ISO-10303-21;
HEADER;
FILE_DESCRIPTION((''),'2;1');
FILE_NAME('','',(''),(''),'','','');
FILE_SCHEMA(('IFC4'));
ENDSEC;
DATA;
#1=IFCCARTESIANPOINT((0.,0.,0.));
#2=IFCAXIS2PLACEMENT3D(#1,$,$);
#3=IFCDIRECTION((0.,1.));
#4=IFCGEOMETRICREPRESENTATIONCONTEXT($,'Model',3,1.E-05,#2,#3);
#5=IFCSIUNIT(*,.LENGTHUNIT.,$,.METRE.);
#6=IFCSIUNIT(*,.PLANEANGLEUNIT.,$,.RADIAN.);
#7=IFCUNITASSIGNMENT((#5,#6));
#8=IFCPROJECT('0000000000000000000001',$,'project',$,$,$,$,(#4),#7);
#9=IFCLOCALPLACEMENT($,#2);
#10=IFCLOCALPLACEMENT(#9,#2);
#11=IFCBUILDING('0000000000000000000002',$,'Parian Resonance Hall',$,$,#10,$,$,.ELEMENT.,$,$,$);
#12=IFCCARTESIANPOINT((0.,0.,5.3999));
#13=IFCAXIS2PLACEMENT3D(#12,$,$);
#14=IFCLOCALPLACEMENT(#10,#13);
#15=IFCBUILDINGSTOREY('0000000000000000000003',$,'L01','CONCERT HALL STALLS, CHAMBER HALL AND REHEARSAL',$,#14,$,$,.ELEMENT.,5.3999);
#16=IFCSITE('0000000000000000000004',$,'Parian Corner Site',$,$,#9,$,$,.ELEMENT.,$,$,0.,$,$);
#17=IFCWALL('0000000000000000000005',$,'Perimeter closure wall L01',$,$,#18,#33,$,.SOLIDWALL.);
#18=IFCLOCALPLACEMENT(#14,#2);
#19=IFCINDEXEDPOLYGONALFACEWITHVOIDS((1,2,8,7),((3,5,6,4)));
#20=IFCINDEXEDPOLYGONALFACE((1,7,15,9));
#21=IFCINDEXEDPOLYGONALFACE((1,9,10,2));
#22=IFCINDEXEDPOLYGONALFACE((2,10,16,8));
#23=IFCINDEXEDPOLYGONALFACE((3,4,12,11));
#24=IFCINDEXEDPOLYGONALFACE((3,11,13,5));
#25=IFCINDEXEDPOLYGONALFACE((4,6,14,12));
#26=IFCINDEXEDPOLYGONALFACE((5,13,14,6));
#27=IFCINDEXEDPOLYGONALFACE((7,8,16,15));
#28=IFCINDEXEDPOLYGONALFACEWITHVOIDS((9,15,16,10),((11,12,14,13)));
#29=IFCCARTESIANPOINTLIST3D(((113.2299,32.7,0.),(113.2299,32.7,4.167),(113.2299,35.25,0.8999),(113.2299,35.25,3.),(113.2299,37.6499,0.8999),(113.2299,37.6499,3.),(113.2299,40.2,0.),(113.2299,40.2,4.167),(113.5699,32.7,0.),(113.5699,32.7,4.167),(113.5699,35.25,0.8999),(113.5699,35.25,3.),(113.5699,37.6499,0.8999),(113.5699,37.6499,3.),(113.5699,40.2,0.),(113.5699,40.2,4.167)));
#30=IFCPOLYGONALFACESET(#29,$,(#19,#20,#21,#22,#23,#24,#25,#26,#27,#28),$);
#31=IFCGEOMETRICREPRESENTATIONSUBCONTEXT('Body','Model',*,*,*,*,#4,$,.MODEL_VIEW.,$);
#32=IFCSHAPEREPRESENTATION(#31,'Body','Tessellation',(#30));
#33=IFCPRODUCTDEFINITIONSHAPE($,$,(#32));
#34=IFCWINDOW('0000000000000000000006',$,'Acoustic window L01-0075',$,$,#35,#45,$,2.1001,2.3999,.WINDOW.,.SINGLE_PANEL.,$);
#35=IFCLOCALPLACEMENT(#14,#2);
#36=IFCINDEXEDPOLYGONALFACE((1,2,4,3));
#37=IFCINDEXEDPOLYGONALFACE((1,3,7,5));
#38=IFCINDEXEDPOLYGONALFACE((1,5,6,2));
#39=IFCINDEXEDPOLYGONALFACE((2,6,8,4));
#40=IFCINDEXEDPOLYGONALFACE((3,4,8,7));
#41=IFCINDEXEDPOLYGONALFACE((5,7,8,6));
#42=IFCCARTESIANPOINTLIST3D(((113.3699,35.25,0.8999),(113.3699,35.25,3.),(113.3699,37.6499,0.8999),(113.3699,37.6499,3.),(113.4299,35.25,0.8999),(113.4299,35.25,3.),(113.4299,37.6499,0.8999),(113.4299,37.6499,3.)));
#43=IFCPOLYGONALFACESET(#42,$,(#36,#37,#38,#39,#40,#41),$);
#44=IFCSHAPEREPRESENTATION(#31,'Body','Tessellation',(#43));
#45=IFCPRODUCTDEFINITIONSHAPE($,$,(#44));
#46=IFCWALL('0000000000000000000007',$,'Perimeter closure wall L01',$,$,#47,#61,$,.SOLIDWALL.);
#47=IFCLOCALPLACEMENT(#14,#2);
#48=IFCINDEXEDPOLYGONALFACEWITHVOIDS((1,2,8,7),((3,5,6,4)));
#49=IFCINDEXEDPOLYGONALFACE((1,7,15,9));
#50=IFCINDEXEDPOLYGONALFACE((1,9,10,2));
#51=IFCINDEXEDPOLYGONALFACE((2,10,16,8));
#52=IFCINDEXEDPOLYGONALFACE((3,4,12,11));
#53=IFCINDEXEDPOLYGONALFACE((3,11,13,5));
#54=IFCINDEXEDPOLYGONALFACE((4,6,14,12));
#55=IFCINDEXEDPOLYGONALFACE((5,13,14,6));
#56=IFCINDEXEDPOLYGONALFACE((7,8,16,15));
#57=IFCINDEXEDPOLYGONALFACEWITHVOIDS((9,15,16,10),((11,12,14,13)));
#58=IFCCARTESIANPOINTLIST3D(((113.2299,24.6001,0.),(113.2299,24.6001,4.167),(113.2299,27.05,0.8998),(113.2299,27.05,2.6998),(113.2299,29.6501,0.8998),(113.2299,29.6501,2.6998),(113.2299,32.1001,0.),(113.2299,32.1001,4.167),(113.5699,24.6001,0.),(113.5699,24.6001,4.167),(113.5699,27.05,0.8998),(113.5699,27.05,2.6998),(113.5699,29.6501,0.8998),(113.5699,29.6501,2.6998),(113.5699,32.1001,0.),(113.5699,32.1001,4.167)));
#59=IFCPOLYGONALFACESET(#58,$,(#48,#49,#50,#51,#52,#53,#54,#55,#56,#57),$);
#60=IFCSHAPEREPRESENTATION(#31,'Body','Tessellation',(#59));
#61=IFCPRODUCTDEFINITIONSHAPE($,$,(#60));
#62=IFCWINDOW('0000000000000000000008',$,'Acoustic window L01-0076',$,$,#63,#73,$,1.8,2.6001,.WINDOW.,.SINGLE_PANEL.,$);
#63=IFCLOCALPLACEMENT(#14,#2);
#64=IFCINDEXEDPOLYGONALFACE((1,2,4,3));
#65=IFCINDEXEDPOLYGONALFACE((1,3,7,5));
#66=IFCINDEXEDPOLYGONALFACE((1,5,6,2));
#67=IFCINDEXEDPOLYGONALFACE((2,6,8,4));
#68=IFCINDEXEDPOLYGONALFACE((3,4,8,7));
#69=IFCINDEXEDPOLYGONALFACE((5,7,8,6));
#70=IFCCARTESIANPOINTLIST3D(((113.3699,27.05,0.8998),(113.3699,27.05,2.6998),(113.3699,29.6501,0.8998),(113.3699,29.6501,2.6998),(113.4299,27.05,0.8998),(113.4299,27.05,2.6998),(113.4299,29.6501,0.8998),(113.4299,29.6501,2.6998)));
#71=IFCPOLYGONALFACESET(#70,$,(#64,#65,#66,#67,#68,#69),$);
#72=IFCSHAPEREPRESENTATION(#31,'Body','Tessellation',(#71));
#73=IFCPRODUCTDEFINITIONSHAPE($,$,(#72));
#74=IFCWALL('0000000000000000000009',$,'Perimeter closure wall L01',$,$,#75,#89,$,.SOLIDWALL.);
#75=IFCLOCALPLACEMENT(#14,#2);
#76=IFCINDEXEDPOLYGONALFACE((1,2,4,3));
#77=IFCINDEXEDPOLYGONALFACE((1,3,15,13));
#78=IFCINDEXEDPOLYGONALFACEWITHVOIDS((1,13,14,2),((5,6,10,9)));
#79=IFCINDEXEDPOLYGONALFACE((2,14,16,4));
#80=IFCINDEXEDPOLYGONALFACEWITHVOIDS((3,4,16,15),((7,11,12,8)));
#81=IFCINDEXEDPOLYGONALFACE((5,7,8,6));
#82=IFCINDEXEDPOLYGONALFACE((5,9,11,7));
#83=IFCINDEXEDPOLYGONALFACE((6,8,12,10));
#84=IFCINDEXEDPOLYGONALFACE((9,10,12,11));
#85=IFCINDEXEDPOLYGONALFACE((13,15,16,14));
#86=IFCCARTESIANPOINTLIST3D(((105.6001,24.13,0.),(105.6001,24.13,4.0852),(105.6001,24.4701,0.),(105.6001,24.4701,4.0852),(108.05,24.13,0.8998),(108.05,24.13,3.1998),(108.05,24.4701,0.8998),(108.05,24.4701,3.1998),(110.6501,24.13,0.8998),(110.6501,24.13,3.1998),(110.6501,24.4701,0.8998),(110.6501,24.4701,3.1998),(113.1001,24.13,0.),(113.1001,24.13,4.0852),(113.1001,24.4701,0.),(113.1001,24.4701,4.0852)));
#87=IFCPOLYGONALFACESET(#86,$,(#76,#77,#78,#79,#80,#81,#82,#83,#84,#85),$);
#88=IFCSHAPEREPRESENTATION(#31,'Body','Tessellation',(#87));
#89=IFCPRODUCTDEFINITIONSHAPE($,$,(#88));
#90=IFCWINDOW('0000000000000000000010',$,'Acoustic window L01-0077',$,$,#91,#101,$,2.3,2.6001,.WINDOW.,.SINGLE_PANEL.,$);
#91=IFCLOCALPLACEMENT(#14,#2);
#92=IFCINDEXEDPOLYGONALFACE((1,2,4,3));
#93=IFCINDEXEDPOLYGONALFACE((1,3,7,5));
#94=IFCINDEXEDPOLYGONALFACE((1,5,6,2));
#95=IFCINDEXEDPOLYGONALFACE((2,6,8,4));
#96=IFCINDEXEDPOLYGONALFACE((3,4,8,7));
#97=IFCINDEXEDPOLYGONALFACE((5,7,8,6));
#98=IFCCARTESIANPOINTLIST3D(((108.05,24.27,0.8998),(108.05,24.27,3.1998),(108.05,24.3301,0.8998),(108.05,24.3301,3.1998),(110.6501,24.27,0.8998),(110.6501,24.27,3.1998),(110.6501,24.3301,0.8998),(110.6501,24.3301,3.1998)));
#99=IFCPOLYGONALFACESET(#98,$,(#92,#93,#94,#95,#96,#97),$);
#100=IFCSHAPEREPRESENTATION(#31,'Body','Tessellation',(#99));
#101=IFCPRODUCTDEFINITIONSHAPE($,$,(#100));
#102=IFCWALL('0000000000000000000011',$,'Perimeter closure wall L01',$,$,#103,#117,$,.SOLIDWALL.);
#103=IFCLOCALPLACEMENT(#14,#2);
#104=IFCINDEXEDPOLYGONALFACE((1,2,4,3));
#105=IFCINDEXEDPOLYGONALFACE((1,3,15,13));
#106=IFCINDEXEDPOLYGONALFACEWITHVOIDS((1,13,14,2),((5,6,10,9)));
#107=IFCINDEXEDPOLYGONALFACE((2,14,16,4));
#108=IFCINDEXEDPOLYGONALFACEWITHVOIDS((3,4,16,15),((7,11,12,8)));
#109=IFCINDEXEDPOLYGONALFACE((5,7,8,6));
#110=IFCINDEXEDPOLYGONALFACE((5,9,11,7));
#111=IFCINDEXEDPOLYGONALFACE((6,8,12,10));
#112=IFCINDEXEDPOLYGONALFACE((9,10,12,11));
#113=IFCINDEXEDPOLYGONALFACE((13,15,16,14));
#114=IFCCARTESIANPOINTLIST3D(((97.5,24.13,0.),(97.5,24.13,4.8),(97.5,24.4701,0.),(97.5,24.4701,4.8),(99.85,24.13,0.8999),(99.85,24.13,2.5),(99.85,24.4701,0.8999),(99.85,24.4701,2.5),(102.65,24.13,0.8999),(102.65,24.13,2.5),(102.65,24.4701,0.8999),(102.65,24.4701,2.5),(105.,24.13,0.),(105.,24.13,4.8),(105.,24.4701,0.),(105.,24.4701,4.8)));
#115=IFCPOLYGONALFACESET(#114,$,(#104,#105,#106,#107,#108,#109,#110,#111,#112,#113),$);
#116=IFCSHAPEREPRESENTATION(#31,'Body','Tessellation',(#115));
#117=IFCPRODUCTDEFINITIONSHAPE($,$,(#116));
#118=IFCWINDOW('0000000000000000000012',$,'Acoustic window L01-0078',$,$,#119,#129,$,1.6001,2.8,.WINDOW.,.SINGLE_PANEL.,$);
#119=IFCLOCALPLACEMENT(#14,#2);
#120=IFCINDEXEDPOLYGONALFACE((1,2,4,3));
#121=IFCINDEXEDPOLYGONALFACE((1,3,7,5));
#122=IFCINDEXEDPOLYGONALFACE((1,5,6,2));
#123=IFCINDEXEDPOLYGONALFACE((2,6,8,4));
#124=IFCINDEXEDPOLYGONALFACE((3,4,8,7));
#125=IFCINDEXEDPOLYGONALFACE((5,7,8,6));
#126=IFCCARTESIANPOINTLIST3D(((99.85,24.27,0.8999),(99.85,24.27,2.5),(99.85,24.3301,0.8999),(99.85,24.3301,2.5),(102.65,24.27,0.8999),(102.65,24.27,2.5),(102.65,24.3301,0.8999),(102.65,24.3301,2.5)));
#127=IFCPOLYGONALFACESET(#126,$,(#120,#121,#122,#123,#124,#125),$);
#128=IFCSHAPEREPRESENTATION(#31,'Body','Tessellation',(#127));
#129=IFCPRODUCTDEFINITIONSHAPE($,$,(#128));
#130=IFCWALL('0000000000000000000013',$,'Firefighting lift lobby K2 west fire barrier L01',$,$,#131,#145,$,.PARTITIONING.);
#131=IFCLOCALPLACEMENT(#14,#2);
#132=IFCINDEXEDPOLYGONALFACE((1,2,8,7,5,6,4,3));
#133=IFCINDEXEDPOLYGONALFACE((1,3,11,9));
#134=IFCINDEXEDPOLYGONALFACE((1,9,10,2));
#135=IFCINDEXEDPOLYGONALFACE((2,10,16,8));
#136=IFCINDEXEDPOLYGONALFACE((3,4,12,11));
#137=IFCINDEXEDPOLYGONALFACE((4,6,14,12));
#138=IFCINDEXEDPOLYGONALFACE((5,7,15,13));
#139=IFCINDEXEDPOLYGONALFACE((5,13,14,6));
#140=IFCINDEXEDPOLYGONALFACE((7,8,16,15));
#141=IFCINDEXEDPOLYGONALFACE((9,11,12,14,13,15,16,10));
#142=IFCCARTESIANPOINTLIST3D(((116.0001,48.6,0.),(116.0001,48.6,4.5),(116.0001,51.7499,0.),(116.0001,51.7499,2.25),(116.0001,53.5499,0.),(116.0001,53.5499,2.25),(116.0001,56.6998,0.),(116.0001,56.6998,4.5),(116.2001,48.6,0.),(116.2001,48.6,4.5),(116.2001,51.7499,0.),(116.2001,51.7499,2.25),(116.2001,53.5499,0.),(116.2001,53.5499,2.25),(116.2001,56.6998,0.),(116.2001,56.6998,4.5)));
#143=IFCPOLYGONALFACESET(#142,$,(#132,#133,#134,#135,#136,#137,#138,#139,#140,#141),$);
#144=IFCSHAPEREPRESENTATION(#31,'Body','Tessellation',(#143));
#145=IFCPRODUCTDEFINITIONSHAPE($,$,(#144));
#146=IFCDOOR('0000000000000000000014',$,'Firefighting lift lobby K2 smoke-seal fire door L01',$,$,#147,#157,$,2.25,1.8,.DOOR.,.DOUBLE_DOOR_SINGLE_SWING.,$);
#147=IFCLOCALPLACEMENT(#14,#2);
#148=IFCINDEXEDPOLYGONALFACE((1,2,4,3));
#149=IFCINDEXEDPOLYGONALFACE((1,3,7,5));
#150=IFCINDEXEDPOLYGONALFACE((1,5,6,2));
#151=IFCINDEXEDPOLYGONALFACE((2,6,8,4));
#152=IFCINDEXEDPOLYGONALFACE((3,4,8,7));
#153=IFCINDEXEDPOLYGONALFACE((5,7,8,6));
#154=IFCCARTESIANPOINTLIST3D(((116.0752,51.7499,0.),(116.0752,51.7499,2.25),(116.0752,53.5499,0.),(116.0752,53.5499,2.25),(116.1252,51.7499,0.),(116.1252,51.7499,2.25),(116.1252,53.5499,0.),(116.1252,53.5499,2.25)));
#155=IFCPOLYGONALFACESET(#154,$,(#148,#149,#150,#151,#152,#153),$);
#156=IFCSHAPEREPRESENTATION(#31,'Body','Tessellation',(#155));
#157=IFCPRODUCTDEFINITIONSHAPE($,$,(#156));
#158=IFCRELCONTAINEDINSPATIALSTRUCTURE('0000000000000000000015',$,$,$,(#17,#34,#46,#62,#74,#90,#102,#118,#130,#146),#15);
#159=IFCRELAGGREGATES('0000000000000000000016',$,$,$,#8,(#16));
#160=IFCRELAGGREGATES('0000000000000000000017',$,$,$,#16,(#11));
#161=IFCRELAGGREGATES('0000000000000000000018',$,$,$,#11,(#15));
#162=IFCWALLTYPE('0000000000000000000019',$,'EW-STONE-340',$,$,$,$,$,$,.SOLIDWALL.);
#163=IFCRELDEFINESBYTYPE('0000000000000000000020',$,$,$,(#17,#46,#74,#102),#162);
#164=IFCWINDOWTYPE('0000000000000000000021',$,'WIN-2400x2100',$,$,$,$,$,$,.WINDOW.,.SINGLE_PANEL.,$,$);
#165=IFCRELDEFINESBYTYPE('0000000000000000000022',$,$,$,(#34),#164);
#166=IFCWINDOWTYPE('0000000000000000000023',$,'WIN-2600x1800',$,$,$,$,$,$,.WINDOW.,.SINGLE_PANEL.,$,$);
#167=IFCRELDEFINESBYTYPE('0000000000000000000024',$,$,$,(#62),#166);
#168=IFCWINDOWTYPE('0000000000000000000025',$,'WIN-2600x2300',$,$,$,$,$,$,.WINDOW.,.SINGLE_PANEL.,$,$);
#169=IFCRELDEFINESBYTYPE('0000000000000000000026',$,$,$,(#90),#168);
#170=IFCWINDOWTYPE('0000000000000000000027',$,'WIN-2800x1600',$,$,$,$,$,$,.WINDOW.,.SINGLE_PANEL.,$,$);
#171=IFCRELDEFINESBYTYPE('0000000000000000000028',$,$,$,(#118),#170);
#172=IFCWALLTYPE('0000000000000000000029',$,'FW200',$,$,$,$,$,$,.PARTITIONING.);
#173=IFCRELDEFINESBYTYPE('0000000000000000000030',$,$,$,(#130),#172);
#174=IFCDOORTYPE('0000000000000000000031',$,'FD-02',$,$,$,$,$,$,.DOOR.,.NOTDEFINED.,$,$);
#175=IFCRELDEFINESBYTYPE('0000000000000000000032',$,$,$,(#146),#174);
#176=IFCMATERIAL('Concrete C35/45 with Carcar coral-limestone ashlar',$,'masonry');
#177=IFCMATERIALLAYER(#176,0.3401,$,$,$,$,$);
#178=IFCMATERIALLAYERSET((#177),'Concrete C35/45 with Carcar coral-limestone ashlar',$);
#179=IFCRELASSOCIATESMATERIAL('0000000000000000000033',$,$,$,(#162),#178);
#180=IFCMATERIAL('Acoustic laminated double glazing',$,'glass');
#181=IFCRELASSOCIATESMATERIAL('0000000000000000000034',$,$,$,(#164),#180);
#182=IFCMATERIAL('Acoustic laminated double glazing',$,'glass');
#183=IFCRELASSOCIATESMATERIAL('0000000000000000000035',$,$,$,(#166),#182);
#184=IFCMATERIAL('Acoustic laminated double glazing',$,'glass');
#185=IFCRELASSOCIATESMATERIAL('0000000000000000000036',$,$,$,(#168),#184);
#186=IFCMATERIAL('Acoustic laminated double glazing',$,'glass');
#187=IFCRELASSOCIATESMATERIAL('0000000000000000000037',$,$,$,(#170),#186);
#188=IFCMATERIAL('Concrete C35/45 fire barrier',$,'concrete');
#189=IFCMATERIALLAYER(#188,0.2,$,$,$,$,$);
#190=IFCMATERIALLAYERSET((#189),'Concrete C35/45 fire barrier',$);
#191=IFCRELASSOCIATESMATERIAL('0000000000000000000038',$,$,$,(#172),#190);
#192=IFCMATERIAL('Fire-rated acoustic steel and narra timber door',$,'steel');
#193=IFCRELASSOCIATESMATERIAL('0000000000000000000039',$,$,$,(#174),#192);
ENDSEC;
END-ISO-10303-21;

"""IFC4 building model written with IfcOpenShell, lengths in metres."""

from ifc_helpers import new_model, si_unit, direction, frame, frame_2d, origin, place, context, subcontext, project, spatial, rectangle, extrude, material, layer, layer_set, type_object, element, fill, save


model = new_model("IFC4")

# Units and contexts
model_context = context("Model", 3, precision=1e-05, world=origin(), true_north=direction((0.0, 1.0)))
body_context = subcontext(model_context, "Body", "Model", "MODEL_VIEW")
ifc_project = project(units=[si_unit("LENGTHUNIT", "METRE"), si_unit("PLANEANGLEUNIT", "RADIAN")], contexts=[model_context])

# Site, building, storey
site_placement = place(None, origin())
site = spatial("IfcSite", under=ifc_project, at=site_placement, Name="Parian Corner Site", CompositionType="ELEMENT", RefElevation=0.0)
building_placement = place(site_placement, origin())
building = spatial("IfcBuilding", under=site, at=building_placement, Name="Parian Resonance Hall", CompositionType="ELEMENT")
storey_placement = place(building_placement, frame((0.0, 0.0, 5.3999)))
storey = spatial("IfcBuildingStorey", under=building, at=storey_placement, Name="L01", Description="CONCERT HALL STALLS, CHAMBER HALL AND REHEARSAL", CompositionType="ELEMENT", Elevation=5.3999)

# Walls, openings, windows
ifc_material_1 = material(Name="Concrete C35/45 with Carcar coral-limestone ashlar", Category="masonry")
ifc_layer_1 = layer(ifc_material_1, 0.3401)
ifc_layer_set_1 = layer_set([ifc_layer_1], Name="Concrete C35/45 with Carcar coral-limestone ashlar")
wall_type_1 = type_object("IfcWallType", Name="EW-STONE-340", PredefinedType="SOLIDWALL", material=ifc_layer_set_1)
wall_1_placement = place(storey_placement, frame((113.3999, 40.2, 0.0), z_axis=(0.0, 0.0, 1.0), x_axis=(0.0, -1.0, 0.0)))
wall_1 = element("IfcWall", 1, at=wall_1_placement, inside=storey, type_object=wall_type_1, Name="Perimeter closure wall L01", PredefinedType="SOLIDWALL", context=body_context, shape_type="SweptSolid", body=[
    extrude(rectangle(XDim=7.5, YDim=0.3401, at=frame_2d((3.75, 0.0))), origin(), (0.0, 0.0, 1.0), 4.167),
])
opening_1_placement = place(wall_1_placement, frame((2.55, 0.0, 0.8999)))
opening_1 = element("IfcOpeningElement", 2, at=opening_1_placement, cuts=wall_1, PredefinedType="OPENING", context=body_context, shape_type="SweptSolid", body=[
    extrude(rectangle(XDim=2.3999, YDim=2.1001, at=frame_2d((1.2, 1.05))), frame((0.0, 0.1799, 0.0), z_axis=(0.0, -1.0, 0.0), x_axis=(1.0, 0.0, 0.0)), (0.0, 0.0, 1.0), 0.3601),
])
ifc_material_2 = material(Name="Acoustic laminated double glazing", Category="glass")
window_type_1 = type_object("IfcWindowType", Name="WIN-2400x2100", PartitioningType="SINGLE_PANEL", PredefinedType="WINDOW", material=ifc_material_2)
window_1_placement = place(opening_1_placement, origin())
window_1 = element("IfcWindow", 3, at=window_1_placement, inside=storey, type_object=window_type_1, Name="Acoustic window L01-0075", OverallHeight=2.1001, OverallWidth=2.3999, PartitioningType="SINGLE_PANEL", PredefinedType="WINDOW", context=body_context, shape_type="SweptSolid", body=[
    extrude(rectangle(XDim=2.3999, YDim=2.1001, at=frame_2d((1.2, 1.05))), frame((0.0, 0.03, 0.0), z_axis=(0.0, -1.0, 0.0), x_axis=(1.0, 0.0, 0.0)), (0.0, 0.0, 1.0), 0.0601),
])
fill(opening_1, window_1)
wall_2_placement = place(storey_placement, frame((113.3999, 32.1001, 0.0), z_axis=(0.0, 0.0, 1.0), x_axis=(0.0, -1.0, 0.0)))
wall_2 = element("IfcWall", 4, at=wall_2_placement, inside=storey, type_object=wall_type_1, Name="Perimeter closure wall L01", PredefinedType="SOLIDWALL", context=body_context, shape_type="SweptSolid", body=[
    extrude(rectangle(XDim=7.5, YDim=0.3401, at=frame_2d((3.75, 0.0))), origin(), (0.0, 0.0, 1.0), 4.167),
])
opening_2_placement = place(wall_2_placement, frame((2.45, 0.0, 0.8999)))
opening_2 = element("IfcOpeningElement", 5, at=opening_2_placement, cuts=wall_2, PredefinedType="OPENING", context=body_context, shape_type="SweptSolid", body=[
    extrude(rectangle(XDim=2.6001, YDim=1.8, at=frame_2d((1.3, 0.8999))), frame((0.0, 0.1799, 0.0), z_axis=(0.0, -1.0, 0.0), x_axis=(1.0, 0.0, 0.0)), (0.0, 0.0, 1.0), 0.3601),
])
ifc_material_3 = material(Name="Acoustic laminated double glazing", Category="glass")
window_type_2 = type_object("IfcWindowType", Name="WIN-2600x1800", PartitioningType="SINGLE_PANEL", PredefinedType="WINDOW", material=ifc_material_3)
window_2_placement = place(opening_2_placement, origin())
window_2 = element("IfcWindow", 6, at=window_2_placement, inside=storey, type_object=window_type_2, Name="Acoustic window L01-0076", OverallHeight=1.8, OverallWidth=2.6001, PartitioningType="SINGLE_PANEL", PredefinedType="WINDOW", context=body_context, shape_type="SweptSolid", body=[
    extrude(rectangle(XDim=2.6001, YDim=1.8, at=frame_2d((1.3, 0.8999))), frame((0.0, 0.03, 0.0), z_axis=(0.0, -1.0, 0.0), x_axis=(1.0, 0.0, 0.0)), (0.0, 0.0, 1.0), 0.0601),
])
fill(opening_2, window_2)
wall_3_placement = place(storey_placement, frame((113.1001, 24.3, 0.0), z_axis=(0.0, 0.0, 1.0), x_axis=(-1.0, 0.0, 0.0)))
wall_3 = element("IfcWall", 7, at=wall_3_placement, inside=storey, type_object=wall_type_1, Name="Perimeter closure wall L01", PredefinedType="SOLIDWALL", context=body_context, shape_type="SweptSolid", body=[
    extrude(rectangle(XDim=7.5, YDim=0.3401, at=frame_2d((3.75, 0.0))), origin(), (0.0, 0.0, 1.0), 4.0852),
])
opening_3_placement = place(wall_3_placement, frame((2.45, 0.0, 0.8999)))
opening_3 = element("IfcOpeningElement", 8, at=opening_3_placement, cuts=wall_3, PredefinedType="OPENING", context=body_context, shape_type="SweptSolid", body=[
    extrude(rectangle(XDim=2.6001, YDim=2.3, at=frame_2d((1.3, 1.1499))), frame((0.0, 0.1799, 0.0), z_axis=(0.0, -1.0, 0.0), x_axis=(1.0, 0.0, 0.0)), (0.0, 0.0, 1.0), 0.3601),
])
ifc_material_4 = material(Name="Acoustic laminated double glazing", Category="glass")
window_type_3 = type_object("IfcWindowType", Name="WIN-2600x2300", PartitioningType="SINGLE_PANEL", PredefinedType="WINDOW", material=ifc_material_4)
window_3_placement = place(opening_3_placement, origin())
window_3 = element("IfcWindow", 9, at=window_3_placement, inside=storey, type_object=window_type_3, Name="Acoustic window L01-0077", OverallHeight=2.3, OverallWidth=2.6001, PartitioningType="SINGLE_PANEL", PredefinedType="WINDOW", context=body_context, shape_type="SweptSolid", body=[
    extrude(rectangle(XDim=2.6001, YDim=2.3, at=frame_2d((1.3, 1.1499))), frame((0.0, 0.03, 0.0), z_axis=(0.0, -1.0, 0.0), x_axis=(1.0, 0.0, 0.0)), (0.0, 0.0, 1.0), 0.0601),
])
fill(opening_3, window_3)
wall_4_placement = place(storey_placement, frame((105.0, 24.3, 0.0), z_axis=(0.0, 0.0, 1.0), x_axis=(-1.0, 0.0, 0.0)))
wall_4 = element("IfcWall", 10, at=wall_4_placement, inside=storey, type_object=wall_type_1, Name="Perimeter closure wall L01", PredefinedType="SOLIDWALL", context=body_context, shape_type="SweptSolid", body=[
    extrude(rectangle(XDim=7.5, YDim=0.3401, at=frame_2d((3.75, 0.0))), origin(), (0.0, 0.0, 1.0), 4.8),
])
opening_4_placement = place(wall_4_placement, frame((2.3501, 0.0, 0.8999)))
opening_4 = element("IfcOpeningElement", 11, at=opening_4_placement, cuts=wall_4, PredefinedType="OPENING", context=body_context, shape_type="SweptSolid", body=[
    extrude(rectangle(XDim=2.8, YDim=1.6001, at=frame_2d((1.3999, 0.8))), frame((0.0, 0.1799, 0.0), z_axis=(0.0, -1.0, 0.0), x_axis=(1.0, 0.0, 0.0)), (0.0, 0.0, 1.0), 0.3601),
])
ifc_material_5 = material(Name="Acoustic laminated double glazing", Category="glass")
window_type_4 = type_object("IfcWindowType", Name="WIN-2800x1600", PartitioningType="SINGLE_PANEL", PredefinedType="WINDOW", material=ifc_material_5)
window_4_placement = place(opening_4_placement, origin())
window_4 = element("IfcWindow", 12, at=window_4_placement, inside=storey, type_object=window_type_4, Name="Acoustic window L01-0078", OverallHeight=1.6001, OverallWidth=2.8, PartitioningType="SINGLE_PANEL", PredefinedType="WINDOW", context=body_context, shape_type="SweptSolid", body=[
    extrude(rectangle(XDim=2.8, YDim=1.6001, at=frame_2d((1.3999, 0.8))), frame((0.0, 0.03, 0.0), z_axis=(0.0, -1.0, 0.0), x_axis=(1.0, 0.0, 0.0)), (0.0, 0.0, 1.0), 0.0601),
])
fill(opening_4, window_4)

# Wall, opening, door
ifc_material_6 = material(Name="Concrete C35/45 fire barrier", Category="concrete")
ifc_layer_2 = layer(ifc_material_6, 0.2)
ifc_layer_set_2 = layer_set([ifc_layer_2], Name="Concrete C35/45 fire barrier")
wall_type_2 = type_object("IfcWallType", Name="FW200", PredefinedType="PARTITIONING", material=ifc_layer_set_2)
wall_5_placement = place(storey_placement, frame((116.1001, 48.6001, 0.0), z_axis=(0.0, 0.0, 1.0), x_axis=(0.0, 1.0, 0.0)))
wall_5 = element("IfcWall", 13, at=wall_5_placement, inside=storey, type_object=wall_type_2, Name="Firefighting lift lobby K2 west fire barrier L01", PredefinedType="PARTITIONING", context=body_context, shape_type="SweptSolid", body=[
    extrude(rectangle(XDim=8.0999, YDim=0.2, at=frame_2d((4.0498, 0.0))), origin(), (0.0, 0.0, 1.0), 4.5),
])
opening_5_placement = place(wall_5_placement, frame((3.1499, 0.0, 0.0)))
opening_5 = element("IfcOpeningElement", 14, at=opening_5_placement, cuts=wall_5, PredefinedType="OPENING", context=body_context, shape_type="SweptSolid", body=[
    extrude(rectangle(XDim=1.8, YDim=2.25, at=frame_2d((0.8999, 1.125))), frame((0.0, 0.1099, 0.0), z_axis=(0.0, -1.0, 0.0), x_axis=(1.0, 0.0, 0.0)), (0.0, 0.0, 1.0), 0.22),
])
ifc_material_7 = material(Name="Fire-rated acoustic steel and narra timber door", Category="steel")
door_type_1 = type_object("IfcDoorType", Name="FD-02", OperationType="NOTDEFINED", PredefinedType="DOOR", material=ifc_material_7)
door_1_placement = place(opening_5_placement, origin())
door_1 = element("IfcDoor", 15, at=door_1_placement, inside=storey, type_object=door_type_1, Name="Firefighting lift lobby K2 smoke-seal fire door L01", OperationType="DOUBLE_DOOR_SINGLE_SWING", OverallHeight=2.25, OverallWidth=1.8, PredefinedType="DOOR", context=body_context, shape_type="SweptSolid", body=[
    extrude(rectangle(XDim=1.8, YDim=2.25, at=frame_2d((0.8999, 1.125))), frame((0.0, 0.0249, 0.0), z_axis=(0.0, -1.0, 0.0), x_axis=(1.0, 0.0, 0.0)), (0.0, 0.0, 1.0), 0.05),
])
fill(opening_5, door_1)

save(model, "model.ifc")
